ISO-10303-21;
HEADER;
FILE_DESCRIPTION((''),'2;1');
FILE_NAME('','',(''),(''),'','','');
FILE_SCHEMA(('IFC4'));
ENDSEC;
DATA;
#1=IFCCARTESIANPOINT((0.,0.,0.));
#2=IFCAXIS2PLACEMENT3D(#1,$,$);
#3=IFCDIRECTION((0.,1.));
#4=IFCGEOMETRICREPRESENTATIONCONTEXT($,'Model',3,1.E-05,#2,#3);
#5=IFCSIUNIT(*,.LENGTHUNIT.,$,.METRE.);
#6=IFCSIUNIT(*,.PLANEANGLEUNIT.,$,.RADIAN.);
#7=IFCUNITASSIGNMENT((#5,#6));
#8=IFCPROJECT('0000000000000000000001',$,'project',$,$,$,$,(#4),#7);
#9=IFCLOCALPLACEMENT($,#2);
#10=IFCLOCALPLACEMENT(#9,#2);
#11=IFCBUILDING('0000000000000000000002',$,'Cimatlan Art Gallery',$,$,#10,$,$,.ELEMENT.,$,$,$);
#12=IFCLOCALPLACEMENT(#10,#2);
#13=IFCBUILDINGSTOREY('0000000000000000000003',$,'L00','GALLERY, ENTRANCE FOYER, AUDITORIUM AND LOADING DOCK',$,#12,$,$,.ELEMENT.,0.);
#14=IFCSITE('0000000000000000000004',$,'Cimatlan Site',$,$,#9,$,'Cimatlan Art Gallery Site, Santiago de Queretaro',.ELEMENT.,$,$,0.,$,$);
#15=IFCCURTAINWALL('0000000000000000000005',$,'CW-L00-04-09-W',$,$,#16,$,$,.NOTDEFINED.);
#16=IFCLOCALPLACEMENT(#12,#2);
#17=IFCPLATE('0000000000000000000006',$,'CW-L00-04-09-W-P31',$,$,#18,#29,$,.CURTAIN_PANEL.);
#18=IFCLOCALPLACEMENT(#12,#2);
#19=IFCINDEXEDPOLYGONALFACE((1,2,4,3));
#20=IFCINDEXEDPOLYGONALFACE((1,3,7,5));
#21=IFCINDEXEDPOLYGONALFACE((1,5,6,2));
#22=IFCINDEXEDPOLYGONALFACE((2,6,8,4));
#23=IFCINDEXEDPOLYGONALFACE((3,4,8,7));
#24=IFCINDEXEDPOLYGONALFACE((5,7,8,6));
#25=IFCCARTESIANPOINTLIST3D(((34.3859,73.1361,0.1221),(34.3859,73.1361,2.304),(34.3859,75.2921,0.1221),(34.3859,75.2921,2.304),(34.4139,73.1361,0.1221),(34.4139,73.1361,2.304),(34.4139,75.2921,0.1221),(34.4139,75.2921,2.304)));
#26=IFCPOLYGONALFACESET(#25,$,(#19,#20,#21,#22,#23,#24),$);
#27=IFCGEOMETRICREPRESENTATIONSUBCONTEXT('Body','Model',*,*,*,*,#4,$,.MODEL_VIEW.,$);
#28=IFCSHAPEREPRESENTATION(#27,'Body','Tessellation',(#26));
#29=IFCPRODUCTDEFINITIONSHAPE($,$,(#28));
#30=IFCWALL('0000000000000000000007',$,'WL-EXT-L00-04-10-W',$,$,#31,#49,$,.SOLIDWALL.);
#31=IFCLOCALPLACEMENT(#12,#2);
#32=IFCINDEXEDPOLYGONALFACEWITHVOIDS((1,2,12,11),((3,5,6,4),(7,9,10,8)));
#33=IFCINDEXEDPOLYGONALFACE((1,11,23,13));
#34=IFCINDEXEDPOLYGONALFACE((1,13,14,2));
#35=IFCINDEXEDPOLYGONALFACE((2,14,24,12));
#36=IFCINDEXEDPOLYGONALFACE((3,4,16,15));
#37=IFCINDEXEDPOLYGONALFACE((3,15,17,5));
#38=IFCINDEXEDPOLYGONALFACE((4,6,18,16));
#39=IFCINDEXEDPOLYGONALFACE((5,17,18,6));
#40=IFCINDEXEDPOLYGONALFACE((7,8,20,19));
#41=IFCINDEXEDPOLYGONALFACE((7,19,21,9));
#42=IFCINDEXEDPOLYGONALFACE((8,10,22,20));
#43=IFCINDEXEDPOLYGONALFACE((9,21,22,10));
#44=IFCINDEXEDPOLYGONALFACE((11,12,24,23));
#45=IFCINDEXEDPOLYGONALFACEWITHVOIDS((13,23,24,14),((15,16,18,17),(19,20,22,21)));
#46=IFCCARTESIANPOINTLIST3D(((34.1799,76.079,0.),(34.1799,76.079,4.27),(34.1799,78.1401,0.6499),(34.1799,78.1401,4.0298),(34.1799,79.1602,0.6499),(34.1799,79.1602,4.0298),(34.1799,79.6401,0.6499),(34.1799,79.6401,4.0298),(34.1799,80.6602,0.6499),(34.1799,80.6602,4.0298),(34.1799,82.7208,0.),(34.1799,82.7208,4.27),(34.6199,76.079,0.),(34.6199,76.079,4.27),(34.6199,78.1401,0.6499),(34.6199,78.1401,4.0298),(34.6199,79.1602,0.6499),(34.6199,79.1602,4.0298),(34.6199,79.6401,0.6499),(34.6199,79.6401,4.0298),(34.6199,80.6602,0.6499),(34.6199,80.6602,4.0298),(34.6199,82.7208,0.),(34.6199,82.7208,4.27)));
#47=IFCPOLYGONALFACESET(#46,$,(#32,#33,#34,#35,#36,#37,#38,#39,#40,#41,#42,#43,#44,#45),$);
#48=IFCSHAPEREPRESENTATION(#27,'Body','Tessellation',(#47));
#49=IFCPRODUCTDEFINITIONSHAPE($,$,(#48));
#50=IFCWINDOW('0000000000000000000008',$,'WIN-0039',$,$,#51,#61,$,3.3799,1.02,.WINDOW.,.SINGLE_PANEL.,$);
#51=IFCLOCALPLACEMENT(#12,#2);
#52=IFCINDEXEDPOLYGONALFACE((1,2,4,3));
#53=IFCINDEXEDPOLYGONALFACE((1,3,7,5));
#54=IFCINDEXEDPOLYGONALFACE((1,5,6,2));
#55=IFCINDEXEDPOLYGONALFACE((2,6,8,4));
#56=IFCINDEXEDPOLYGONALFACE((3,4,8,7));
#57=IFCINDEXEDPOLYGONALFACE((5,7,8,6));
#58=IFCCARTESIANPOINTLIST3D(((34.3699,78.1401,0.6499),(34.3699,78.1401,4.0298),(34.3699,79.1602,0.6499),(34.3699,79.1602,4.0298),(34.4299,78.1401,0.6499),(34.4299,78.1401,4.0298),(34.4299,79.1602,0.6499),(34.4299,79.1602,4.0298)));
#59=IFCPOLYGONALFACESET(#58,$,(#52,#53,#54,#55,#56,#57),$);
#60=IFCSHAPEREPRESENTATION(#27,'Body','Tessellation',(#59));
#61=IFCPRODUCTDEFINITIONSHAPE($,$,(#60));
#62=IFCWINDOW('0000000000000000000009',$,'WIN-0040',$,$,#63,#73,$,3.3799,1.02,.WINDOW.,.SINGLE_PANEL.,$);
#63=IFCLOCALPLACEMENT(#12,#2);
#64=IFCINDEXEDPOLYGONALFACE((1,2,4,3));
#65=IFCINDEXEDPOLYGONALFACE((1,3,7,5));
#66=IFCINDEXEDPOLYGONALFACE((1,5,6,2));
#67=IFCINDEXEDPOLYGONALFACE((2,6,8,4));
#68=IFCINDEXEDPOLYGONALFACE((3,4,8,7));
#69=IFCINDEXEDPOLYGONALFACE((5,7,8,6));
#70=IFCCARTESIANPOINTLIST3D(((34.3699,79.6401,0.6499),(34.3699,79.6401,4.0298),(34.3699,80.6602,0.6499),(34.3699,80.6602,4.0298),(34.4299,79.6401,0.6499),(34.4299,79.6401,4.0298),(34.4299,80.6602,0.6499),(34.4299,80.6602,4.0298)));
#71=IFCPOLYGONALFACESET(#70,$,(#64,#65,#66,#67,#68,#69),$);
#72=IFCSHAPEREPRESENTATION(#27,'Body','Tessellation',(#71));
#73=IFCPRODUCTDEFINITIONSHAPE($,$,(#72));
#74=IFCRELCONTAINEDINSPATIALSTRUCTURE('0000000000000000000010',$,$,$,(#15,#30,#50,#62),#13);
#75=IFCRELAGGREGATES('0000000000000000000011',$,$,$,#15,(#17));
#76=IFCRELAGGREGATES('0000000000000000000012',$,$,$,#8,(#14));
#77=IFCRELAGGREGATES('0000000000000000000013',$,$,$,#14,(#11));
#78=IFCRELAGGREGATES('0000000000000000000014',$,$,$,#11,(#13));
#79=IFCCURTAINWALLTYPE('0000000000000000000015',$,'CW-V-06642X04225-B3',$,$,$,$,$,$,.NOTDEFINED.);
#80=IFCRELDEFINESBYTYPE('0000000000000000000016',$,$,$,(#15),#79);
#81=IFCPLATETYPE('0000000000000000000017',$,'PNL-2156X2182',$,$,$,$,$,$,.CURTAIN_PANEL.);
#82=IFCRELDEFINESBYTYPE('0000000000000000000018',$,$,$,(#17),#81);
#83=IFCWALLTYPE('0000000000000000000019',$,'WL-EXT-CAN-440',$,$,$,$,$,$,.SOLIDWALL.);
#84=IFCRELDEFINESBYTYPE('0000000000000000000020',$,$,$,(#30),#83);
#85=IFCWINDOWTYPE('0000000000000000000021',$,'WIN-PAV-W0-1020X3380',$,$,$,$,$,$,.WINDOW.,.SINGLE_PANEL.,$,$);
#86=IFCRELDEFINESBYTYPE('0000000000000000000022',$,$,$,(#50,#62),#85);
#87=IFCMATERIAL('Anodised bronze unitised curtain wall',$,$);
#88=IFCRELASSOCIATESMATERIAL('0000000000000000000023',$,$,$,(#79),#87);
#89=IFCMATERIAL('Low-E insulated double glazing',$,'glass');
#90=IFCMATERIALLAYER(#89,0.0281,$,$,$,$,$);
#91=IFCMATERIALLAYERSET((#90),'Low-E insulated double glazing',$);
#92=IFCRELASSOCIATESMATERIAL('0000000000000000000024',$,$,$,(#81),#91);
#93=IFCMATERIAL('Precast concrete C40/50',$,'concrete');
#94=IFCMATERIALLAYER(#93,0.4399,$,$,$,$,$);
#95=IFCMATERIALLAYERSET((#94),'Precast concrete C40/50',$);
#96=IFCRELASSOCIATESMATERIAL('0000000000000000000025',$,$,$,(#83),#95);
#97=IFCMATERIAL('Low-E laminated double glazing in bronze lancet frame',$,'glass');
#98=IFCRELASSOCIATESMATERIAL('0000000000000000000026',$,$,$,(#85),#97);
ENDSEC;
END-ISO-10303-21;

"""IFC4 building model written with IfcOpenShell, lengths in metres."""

from ifc_helpers import new_model, si_unit, direction, frame, frame_2d, origin, origin_2d, place, context, subcontext, project, spatial, rectangle, extrude, material, layer, layer_set, type_object, element, fill, aggregate, save


model = new_model("IFC4")

# Units and contexts
model_context = context("Model", 3, precision=1e-05, world=origin(), true_north=direction((0.0, 1.0)))
body_context = subcontext(model_context, "Body", "Model", "MODEL_VIEW")
ifc_project = project(units=[si_unit("LENGTHUNIT", "METRE"), si_unit("PLANEANGLEUNIT", "RADIAN")], contexts=[model_context])

# Site, building, storey
site_placement = place(None, origin())
site = spatial("IfcSite", under=ifc_project, at=site_placement, Name="Cimatlan Site", LongName="Cimatlan Art Gallery Site, Santiago de Queretaro", CompositionType="ELEMENT", RefElevation=0.0)
building_placement = place(site_placement, origin())
building = spatial("IfcBuilding", under=site, at=building_placement, Name="Cimatlan Art Gallery", CompositionType="ELEMENT")
storey_placement = place(building_placement, origin())
storey = spatial("IfcBuildingStorey", under=building, at=storey_placement, Name="L00", Description="GALLERY, ENTRANCE FOYER, AUDITORIUM AND LOADING DOCK", CompositionType="ELEMENT", Elevation=0.0)

# Curtain wall, plate
ifc_material_1 = material(Name="Anodised bronze unitised curtain wall")
curtain_wall_type = type_object("IfcCurtainWallType", Name="CW-V-06642X04225-B3", PredefinedType="NOTDEFINED", material=ifc_material_1)
curtain_wall_placement = place(storey_placement, origin())
curtain_wall = element("IfcCurtainWall", 1, at=curtain_wall_placement, inside=storey, type_object=curtain_wall_type, Name="CW-L00-04-09-W", PredefinedType="NOTDEFINED")
ifc_material_2 = material(Name="Low-E insulated double glazing", Category="glass")
ifc_layer_1 = layer(ifc_material_2, 0.0281)
ifc_layer_set_1 = layer_set([ifc_layer_1], Name="Low-E insulated double glazing")
plate_type_1 = type_object("IfcPlateType", Name="PNL-2156X2182", PredefinedType="CURTAIN_PANEL", material=ifc_layer_set_1)
plate_1_placement = place(storey_placement, frame((34.3999, 74.2141, 0.1221), z_axis=(0.0, 0.0, 1.0), x_axis=(0.0, 1.0, 0.0)))
plate_1 = element("IfcPlate", 2, at=plate_1_placement, type_object=plate_type_1, Name="CW-L00-04-09-W-P31", PredefinedType="CURTAIN_PANEL", context=body_context, shape_type="SweptSolid", body=[
    extrude(rectangle(XDim=2.156, YDim=0.0281, at=origin_2d()), origin(), (0.0, 0.0, 1.0), 2.1819),
])
aggregate(curtain_wall, [plate_1])

# Wall, openings, windows
ifc_material_3 = material(Name="Precast concrete C40/50", Category="concrete")
ifc_layer_2 = layer(ifc_material_3, 0.4399)
ifc_layer_set_2 = layer_set([ifc_layer_2], Name="Precast concrete C40/50")
wall_type = type_object("IfcWallType", Name="WL-EXT-CAN-440", PredefinedType="SOLIDWALL", material=ifc_layer_set_2)
wall_placement = place(storey_placement, frame((34.3999, 76.0791, 0.0), z_axis=(0.0, 0.0, 1.0), x_axis=(0.0, 1.0, 0.0)))
wall = element("IfcWall", 3, at=wall_placement, inside=storey, type_object=wall_type, Name="WL-EXT-L00-04-10-W", PredefinedType="SOLIDWALL", context=body_context, shape_type="SweptSolid", body=[
    extrude(rectangle(XDim=6.6418, YDim=0.4399, at=frame_2d((3.3208, 0.0))), origin(), (0.0, 0.0, 1.0), 4.27),
])
opening_1_placement = place(wall_placement, frame((2.061, 0.0, 0.6499)))
opening_1 = element("IfcOpeningElement", 4, at=opening_1_placement, cuts=wall, PredefinedType="OPENING", context=body_context, shape_type="SweptSolid", body=[
    extrude(rectangle(XDim=1.02, YDim=3.3799, at=frame_2d((0.51, 1.6899))), frame((0.0, 0.23, 0.0), z_axis=(0.0, -1.0, 0.0), x_axis=(1.0, 0.0, 0.0)), (0.0, 0.0, 1.0), 0.46),
])
opening_2_placement = place(wall_placement, frame((3.561, 0.0, 0.6499)))
opening_2 = element("IfcOpeningElement", 5, at=opening_2_placement, cuts=wall, PredefinedType="OPENING", context=body_context, shape_type="SweptSolid", body=[
    extrude(rectangle(XDim=1.02, YDim=3.3799, at=frame_2d((0.51, 1.6899))), frame((0.0, 0.23, 0.0), z_axis=(0.0, -1.0, 0.0), x_axis=(1.0, 0.0, 0.0)), (0.0, 0.0, 1.0), 0.46),
])
ifc_material_4 = material(Name="Low-E laminated double glazing in bronze lancet frame", Category="glass")
window_type = type_object("IfcWindowType", Name="WIN-PAV-W0-1020X3380", PartitioningType="SINGLE_PANEL", PredefinedType="WINDOW", material=ifc_material_4)
window_1_placement = place(opening_1_placement, origin())
window_1 = element("IfcWindow", 6, at=window_1_placement, inside=storey, type_object=window_type, Name="WIN-0039", OverallHeight=3.3799, OverallWidth=1.02, PartitioningType="SINGLE_PANEL", PredefinedType="WINDOW", context=body_context, shape_type="SweptSolid", body=[
    extrude(rectangle(XDim=1.02, YDim=3.3799, at=frame_2d((0.51, 1.6899))), frame((0.0, 0.03, 0.0), z_axis=(0.0, -1.0, 0.0), x_axis=(1.0, 0.0, 0.0)), (0.0, 0.0, 1.0), 0.0601),
])
fill(opening_1, window_1)
window_2_placement = place(opening_2_placement, origin())
window_2 = element("IfcWindow", 7, at=window_2_placement, inside=storey, type_object=window_type, Name="WIN-0040", OverallHeight=3.3799, OverallWidth=1.02, PartitioningType="SINGLE_PANEL", PredefinedType="WINDOW", context=body_context, shape_type="SweptSolid", body=[
    extrude(rectangle(XDim=1.02, YDim=3.3799, at=frame_2d((0.51, 1.6899))), frame((0.0, 0.03, 0.0), z_axis=(0.0, -1.0, 0.0), x_axis=(1.0, 0.0, 0.0)), (0.0, 0.0, 1.0), 0.0601),
])
fill(opening_2, window_2)

save(model, "model.ifc")
